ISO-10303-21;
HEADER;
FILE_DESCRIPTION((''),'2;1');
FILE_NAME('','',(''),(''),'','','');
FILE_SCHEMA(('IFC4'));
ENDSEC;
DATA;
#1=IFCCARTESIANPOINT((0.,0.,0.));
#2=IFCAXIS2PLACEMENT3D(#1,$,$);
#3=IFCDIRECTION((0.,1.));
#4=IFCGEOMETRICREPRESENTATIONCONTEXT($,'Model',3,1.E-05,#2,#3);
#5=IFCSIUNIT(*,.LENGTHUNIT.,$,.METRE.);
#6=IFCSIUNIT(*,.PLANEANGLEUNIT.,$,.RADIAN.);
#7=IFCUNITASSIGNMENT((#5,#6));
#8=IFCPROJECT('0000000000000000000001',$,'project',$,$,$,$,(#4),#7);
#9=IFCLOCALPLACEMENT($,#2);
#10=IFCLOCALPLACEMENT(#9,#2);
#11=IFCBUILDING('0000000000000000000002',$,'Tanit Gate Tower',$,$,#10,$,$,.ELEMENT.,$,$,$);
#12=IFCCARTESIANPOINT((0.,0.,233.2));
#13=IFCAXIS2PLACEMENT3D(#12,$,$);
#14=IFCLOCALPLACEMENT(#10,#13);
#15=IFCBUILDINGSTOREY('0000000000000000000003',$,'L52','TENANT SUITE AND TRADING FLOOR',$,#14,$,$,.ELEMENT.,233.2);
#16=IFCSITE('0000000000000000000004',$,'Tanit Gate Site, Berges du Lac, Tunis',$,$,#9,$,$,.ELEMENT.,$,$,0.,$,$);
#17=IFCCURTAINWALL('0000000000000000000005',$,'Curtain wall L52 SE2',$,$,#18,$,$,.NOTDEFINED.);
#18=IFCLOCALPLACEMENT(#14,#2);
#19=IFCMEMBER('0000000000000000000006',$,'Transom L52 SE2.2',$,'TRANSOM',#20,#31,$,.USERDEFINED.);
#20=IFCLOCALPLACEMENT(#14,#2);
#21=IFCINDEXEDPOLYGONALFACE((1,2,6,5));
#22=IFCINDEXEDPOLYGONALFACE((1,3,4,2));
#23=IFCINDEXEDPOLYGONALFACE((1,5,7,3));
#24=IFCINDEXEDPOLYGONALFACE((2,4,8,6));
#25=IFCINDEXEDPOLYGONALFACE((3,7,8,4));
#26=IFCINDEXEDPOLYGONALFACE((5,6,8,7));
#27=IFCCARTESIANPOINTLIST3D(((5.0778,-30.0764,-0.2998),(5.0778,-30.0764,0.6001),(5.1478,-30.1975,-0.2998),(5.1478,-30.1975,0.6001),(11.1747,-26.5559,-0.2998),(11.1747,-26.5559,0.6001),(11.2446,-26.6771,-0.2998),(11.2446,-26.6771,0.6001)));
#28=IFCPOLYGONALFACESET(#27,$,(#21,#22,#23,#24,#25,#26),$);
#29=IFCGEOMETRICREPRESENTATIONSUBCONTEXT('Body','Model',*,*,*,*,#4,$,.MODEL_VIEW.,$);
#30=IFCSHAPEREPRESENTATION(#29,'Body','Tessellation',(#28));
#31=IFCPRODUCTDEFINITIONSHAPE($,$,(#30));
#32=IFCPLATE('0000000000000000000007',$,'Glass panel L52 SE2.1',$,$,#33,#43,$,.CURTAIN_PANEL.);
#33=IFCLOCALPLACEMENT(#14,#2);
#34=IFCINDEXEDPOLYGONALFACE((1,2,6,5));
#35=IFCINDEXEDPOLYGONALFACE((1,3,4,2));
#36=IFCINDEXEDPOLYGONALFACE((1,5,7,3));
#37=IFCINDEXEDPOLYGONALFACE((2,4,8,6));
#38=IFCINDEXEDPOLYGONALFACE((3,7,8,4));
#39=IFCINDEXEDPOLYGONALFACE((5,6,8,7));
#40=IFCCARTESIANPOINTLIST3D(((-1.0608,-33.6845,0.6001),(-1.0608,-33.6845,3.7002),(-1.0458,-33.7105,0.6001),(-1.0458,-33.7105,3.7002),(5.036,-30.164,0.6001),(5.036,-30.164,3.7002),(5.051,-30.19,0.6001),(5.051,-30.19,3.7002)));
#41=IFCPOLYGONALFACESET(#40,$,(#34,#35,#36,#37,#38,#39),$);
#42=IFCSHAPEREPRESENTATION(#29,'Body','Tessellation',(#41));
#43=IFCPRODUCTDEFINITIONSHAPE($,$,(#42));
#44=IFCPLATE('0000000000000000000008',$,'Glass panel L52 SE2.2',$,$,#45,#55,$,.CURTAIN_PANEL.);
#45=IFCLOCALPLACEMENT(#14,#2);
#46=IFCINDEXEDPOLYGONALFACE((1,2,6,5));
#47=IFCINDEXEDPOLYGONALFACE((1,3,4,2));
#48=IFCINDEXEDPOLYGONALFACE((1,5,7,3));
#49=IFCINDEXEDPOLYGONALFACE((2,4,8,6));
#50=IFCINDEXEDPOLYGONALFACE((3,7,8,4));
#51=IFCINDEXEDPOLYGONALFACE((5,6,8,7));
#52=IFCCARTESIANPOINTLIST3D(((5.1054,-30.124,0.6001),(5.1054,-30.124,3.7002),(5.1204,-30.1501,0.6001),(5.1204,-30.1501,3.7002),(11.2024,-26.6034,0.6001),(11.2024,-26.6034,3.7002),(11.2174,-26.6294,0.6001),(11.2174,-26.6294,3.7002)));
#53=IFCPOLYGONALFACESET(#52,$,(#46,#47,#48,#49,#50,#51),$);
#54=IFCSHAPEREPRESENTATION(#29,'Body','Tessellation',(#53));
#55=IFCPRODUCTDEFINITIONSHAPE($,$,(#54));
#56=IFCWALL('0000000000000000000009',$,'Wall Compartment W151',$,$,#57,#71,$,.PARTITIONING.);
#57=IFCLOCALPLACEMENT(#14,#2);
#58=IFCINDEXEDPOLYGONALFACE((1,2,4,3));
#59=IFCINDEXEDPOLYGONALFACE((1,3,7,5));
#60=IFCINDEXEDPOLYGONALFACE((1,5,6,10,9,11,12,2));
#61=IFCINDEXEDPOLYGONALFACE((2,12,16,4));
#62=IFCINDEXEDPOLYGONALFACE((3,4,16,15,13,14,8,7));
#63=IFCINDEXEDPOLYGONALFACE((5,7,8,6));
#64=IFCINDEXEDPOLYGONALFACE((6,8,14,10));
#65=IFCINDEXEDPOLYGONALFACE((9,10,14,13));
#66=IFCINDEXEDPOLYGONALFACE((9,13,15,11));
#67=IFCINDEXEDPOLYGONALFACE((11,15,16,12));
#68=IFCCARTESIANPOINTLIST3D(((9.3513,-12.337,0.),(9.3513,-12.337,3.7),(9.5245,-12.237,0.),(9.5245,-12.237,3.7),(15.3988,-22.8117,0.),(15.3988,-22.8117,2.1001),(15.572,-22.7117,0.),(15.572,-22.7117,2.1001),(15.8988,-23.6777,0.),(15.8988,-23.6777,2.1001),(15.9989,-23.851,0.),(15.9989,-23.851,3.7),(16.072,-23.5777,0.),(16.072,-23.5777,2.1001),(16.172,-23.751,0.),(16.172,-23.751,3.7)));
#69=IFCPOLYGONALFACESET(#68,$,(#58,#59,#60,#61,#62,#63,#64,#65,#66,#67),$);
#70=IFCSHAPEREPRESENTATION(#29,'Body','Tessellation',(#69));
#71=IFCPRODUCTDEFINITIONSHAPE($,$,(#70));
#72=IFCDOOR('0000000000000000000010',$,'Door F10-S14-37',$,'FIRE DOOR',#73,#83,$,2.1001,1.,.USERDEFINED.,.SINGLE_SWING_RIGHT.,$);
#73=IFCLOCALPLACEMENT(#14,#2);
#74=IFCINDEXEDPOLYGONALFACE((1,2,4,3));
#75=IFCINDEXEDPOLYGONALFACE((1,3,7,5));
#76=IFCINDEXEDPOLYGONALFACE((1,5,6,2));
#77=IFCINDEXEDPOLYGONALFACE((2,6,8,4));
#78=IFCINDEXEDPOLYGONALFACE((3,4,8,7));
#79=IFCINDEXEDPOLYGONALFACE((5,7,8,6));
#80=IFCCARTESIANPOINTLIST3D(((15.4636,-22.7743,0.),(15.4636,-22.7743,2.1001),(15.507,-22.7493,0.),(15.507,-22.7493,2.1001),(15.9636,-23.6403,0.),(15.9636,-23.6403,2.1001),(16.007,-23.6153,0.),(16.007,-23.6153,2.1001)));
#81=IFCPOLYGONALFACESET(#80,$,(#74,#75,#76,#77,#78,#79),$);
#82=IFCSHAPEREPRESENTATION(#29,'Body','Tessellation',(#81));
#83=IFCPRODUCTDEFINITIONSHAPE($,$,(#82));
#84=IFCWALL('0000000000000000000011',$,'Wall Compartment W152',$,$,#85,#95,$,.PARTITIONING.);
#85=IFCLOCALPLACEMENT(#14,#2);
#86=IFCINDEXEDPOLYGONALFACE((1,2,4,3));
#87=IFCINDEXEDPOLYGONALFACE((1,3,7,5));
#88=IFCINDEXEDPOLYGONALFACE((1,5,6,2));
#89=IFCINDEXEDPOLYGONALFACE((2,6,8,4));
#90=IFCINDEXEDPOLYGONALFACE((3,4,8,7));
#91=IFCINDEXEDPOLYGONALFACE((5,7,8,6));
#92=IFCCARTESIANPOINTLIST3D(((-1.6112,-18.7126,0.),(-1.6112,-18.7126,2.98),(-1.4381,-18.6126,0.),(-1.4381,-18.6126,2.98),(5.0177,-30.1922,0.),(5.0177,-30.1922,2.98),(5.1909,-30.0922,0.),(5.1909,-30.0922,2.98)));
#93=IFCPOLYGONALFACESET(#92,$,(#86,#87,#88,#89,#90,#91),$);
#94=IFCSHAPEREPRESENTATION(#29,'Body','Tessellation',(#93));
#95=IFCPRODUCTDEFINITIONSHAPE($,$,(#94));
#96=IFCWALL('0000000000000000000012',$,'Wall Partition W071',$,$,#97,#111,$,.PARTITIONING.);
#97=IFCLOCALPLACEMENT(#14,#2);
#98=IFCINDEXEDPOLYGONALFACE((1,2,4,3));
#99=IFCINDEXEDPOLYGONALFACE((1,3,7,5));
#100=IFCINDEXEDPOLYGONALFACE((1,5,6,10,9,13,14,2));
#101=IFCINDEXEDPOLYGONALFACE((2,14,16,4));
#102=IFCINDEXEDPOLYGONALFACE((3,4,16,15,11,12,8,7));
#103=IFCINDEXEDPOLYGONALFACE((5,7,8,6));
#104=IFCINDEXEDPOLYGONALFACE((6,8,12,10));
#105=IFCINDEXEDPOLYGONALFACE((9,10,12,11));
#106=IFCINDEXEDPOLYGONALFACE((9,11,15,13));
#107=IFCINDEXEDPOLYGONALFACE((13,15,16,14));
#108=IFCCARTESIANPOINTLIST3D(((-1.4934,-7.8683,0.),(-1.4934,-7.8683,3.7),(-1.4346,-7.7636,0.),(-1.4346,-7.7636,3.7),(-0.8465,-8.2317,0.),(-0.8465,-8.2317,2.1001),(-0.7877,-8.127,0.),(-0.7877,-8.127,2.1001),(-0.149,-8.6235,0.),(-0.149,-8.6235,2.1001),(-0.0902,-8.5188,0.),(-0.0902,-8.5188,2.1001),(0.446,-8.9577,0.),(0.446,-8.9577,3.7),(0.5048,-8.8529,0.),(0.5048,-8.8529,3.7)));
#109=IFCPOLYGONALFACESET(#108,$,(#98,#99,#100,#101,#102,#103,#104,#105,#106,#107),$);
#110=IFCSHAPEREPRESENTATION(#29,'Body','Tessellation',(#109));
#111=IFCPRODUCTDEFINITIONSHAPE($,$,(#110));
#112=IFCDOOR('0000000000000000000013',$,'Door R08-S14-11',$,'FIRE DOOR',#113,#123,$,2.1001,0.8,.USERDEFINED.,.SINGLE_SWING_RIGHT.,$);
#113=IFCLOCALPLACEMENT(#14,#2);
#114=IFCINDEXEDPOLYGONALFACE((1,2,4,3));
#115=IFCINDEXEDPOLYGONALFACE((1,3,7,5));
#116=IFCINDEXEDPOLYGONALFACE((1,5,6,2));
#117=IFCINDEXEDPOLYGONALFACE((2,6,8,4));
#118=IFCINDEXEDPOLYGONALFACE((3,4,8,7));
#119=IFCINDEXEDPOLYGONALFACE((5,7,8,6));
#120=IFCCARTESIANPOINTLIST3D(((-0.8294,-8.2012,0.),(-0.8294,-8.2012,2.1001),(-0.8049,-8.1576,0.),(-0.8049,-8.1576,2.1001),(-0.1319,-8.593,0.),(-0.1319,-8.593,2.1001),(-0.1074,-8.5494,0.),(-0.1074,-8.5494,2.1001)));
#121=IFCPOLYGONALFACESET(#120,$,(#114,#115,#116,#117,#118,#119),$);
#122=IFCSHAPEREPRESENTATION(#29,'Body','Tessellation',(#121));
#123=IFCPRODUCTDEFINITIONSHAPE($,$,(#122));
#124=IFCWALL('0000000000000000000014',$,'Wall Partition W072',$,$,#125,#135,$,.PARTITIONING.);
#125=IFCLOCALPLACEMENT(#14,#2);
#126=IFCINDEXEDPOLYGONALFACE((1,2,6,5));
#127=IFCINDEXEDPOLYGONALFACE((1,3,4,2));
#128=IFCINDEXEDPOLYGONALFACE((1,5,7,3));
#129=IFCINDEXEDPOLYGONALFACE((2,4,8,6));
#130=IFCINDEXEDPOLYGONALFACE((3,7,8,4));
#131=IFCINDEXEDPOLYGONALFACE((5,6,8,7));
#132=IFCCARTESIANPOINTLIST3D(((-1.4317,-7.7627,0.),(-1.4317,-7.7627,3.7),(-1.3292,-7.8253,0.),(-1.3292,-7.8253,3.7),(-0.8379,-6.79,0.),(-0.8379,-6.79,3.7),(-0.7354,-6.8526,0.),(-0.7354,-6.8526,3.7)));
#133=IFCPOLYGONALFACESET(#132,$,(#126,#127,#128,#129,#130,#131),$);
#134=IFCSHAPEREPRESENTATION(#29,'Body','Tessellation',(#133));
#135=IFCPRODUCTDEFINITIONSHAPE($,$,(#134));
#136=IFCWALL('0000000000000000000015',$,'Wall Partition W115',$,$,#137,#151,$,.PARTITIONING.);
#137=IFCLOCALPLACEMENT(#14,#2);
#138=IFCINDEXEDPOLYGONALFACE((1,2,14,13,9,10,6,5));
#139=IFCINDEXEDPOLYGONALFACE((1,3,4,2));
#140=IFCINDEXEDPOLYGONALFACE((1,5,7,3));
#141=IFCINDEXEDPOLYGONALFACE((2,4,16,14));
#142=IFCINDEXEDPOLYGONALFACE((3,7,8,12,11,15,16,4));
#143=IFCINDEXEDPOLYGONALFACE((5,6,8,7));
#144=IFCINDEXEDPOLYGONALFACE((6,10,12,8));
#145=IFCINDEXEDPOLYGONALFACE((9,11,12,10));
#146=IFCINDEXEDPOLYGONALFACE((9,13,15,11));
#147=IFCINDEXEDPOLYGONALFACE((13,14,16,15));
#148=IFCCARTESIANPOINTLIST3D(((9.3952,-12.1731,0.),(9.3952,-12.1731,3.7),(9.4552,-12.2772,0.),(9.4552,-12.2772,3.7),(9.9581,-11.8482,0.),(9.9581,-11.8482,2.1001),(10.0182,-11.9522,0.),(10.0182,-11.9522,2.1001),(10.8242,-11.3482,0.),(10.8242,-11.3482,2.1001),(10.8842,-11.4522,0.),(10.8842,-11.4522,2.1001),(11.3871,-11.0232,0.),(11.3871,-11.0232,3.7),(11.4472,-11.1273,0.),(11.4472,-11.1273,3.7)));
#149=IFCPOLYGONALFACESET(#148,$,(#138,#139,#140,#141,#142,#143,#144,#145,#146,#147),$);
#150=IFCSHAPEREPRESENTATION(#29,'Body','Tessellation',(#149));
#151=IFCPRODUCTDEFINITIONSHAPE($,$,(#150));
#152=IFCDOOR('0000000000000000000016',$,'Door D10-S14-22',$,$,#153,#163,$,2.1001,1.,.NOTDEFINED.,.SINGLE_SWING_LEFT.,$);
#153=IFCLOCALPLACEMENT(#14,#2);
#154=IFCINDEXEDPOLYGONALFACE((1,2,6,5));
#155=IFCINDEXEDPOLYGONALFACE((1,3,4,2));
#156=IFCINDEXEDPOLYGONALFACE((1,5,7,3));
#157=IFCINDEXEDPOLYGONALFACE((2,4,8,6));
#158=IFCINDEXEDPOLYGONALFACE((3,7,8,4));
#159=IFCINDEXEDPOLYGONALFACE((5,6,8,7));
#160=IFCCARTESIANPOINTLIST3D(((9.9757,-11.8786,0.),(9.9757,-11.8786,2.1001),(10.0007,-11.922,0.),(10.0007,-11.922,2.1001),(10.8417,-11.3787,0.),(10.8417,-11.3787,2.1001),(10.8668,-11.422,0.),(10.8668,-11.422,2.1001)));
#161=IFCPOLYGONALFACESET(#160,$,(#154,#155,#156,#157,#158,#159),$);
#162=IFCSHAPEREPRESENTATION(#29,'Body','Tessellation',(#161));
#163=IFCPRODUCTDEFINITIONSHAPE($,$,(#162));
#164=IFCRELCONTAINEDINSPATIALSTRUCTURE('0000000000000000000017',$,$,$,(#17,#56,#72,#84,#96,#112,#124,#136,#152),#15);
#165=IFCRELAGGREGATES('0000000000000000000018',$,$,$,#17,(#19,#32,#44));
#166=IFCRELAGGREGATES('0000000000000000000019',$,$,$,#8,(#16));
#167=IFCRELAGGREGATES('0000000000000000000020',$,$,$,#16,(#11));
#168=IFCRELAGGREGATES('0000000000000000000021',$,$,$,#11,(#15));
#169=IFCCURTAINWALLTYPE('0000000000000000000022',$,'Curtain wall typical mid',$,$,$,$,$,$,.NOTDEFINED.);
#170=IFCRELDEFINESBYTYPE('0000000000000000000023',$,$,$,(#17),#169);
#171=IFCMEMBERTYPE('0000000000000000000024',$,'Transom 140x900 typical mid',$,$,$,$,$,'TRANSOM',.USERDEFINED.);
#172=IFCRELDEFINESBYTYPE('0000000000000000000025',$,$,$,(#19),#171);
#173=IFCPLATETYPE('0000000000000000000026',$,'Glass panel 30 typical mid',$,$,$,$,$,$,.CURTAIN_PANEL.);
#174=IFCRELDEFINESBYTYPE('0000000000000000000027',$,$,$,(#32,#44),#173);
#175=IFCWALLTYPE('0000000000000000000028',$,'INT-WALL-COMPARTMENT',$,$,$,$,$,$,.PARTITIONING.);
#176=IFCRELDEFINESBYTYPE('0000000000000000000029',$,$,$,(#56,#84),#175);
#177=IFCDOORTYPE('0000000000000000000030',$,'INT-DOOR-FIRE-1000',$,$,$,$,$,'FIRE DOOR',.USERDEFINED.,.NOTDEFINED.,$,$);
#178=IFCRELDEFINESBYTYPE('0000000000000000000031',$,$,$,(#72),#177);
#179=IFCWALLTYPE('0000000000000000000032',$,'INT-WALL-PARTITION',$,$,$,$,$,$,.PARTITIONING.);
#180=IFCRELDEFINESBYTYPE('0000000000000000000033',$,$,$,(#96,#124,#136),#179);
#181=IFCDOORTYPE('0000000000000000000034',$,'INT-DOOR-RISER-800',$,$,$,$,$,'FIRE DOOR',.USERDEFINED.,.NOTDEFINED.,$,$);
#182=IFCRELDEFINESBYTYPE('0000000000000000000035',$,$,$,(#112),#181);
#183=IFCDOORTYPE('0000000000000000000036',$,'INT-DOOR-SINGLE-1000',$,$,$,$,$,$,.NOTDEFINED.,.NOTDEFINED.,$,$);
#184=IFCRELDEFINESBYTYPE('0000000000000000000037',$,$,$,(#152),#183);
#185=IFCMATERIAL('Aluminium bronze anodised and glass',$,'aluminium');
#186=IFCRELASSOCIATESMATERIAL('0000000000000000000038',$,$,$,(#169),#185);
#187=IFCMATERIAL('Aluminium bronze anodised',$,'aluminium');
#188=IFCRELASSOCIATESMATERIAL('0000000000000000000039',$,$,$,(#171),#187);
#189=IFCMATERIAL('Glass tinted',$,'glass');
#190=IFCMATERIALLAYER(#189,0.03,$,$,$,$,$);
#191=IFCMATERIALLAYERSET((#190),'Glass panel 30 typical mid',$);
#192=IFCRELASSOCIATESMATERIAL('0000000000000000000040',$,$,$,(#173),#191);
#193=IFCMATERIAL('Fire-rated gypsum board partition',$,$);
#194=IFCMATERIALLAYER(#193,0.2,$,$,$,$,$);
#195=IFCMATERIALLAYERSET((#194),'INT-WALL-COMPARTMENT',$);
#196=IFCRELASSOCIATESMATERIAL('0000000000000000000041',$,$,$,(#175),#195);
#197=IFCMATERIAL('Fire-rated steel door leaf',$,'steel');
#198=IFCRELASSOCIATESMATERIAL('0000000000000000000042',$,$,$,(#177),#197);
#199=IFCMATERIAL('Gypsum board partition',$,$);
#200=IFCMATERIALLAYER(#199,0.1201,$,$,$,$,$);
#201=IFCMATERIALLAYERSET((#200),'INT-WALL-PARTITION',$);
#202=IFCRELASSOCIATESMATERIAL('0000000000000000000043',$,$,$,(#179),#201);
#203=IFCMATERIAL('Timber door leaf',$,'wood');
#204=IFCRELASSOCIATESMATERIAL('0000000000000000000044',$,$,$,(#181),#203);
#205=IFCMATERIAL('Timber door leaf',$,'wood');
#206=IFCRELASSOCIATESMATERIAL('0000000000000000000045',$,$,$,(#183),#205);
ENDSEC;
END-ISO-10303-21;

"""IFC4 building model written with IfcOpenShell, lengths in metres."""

from ifc_helpers import new_model, si_unit, direction, frame, frame_2d, origin, origin_2d, place, context, subcontext, project, spatial, rectangle, extrude, material, layer, layer_set, material_profile, profile_set, type_object, element, fill, aggregate, save


model = new_model("IFC4")

# Units and contexts
model_context = context("Model", 3, precision=1e-05, world=origin(), true_north=direction((0.0, 1.0)))
body_context = subcontext(model_context, "Body", "Model", "MODEL_VIEW")
ifc_project = project(units=[si_unit("LENGTHUNIT", "METRE"), si_unit("PLANEANGLEUNIT", "RADIAN")], contexts=[model_context])

# Site, building, storey
site_placement = place(None, origin())
site = spatial("IfcSite", under=ifc_project, at=site_placement, Name="Tanit Gate Site, Berges du Lac, Tunis", CompositionType="ELEMENT", RefElevation=0.0)
building_placement = place(site_placement, origin())
building = spatial("IfcBuilding", under=site, at=building_placement, Name="Tanit Gate Tower", CompositionType="ELEMENT")
storey_placement = place(building_placement, frame((0.0, 0.0, 233.2)))
storey = spatial("IfcBuildingStorey", under=building, at=storey_placement, Name="L52", Description="TENANT SUITE AND TRADING FLOOR", CompositionType="ELEMENT", Elevation=233.2)

# Curtain wall
ifc_material_1 = material(Name="Aluminium bronze anodised and glass", Category="aluminium")
curtain_wall_type = type_object("IfcCurtainWallType", Name="Curtain wall typical mid", PredefinedType="NOTDEFINED", material=ifc_material_1)
curtain_wall_1_placement = place(storey_placement, origin())
curtain_wall_1 = element("IfcCurtainWall", 1, at=curtain_wall_1_placement, inside=storey, type_object=curtain_wall_type, Name="Curtain wall L52 SE2", PredefinedType="NOTDEFINED")

# Member
ifc_material_2 = material(Name="Aluminium bronze anodised", Category="aluminium")
ifc_material_profile_1 = material_profile(ifc_material_2, rectangle(XDim=0.1399, YDim=0.8999, at=origin_2d()), Name="140x900 bronze transom")
ifc_profile_set_1 = profile_set([ifc_material_profile_1], Name="Aluminium bronze anodised")
member_type_1 = type_object("IfcMemberType", Name="Transom 140x900 typical mid", ElementType="TRANSOM", PredefinedType="USERDEFINED", material=ifc_profile_set_1)
member_1_placement = place(storey_placement, frame((5.1128, -30.137, 0.1501), z_axis=(0.865998, 0.500048, 0.0), x_axis=(-0.500048, 0.865998, 0.0)))
member_1 = element("IfcMember", 2, at=member_1_placement, type_object=member_type_1, Name="Transom L52 SE2.2", ObjectType="TRANSOM", PredefinedType="USERDEFINED", context=body_context, shape_type="SweptSolid", body=[
    extrude(rectangle(XDim=0.1399, YDim=0.8999, at=origin_2d()), origin(), (0.0, 0.0, 1.0), 7.0403),
])

# Plates
ifc_material_3 = material(Name="Glass tinted", Category="glass")
ifc_layer_1 = layer(ifc_material_3, 0.03)
ifc_layer_set_1 = layer_set([ifc_layer_1], Name="Glass panel 30 typical mid")
plate_type = type_object("IfcPlateType", Name="Glass panel 30 typical mid", PredefinedType="CURTAIN_PANEL", material=ifc_layer_set_1)
plate_1_placement = place(storey_placement, frame((1.9951, -31.9373, 0.6001), z_axis=(0.0, 0.0, 1.0), x_axis=(0.865991, 0.50006, 0.0)))
plate_1 = element("IfcPlate", 3, at=plate_1_placement, type_object=plate_type, Name="Glass panel L52 SE2.1", PredefinedType="CURTAIN_PANEL", context=body_context, shape_type="SweptSolid", body=[
    extrude(rectangle(XDim=7.0403, YDim=0.03, at=origin_2d()), origin(), (0.0, 0.0, 1.0), 3.1001),
])
plate_2_placement = place(storey_placement, frame((8.1614, -28.3767, 0.6001), z_axis=(0.0, 0.0, 1.0), x_axis=(0.865991, 0.50006, 0.0)))
plate_2 = element("IfcPlate", 4, at=plate_2_placement, type_object=plate_type, Name="Glass panel L52 SE2.2", PredefinedType="CURTAIN_PANEL", context=body_context, shape_type="SweptSolid", body=[
    extrude(rectangle(XDim=7.0405, YDim=0.03, at=origin_2d()), origin(), (0.0, 0.0, 1.0), 3.1001),
])
aggregate(curtain_wall_1, [member_1, plate_1, plate_2])

# Wall, opening, door
ifc_material_4 = material(Name="Fire-rated gypsum board partition")
ifc_layer_2 = layer(ifc_material_4, 0.2)
ifc_layer_set_2 = layer_set([ifc_layer_2], Name="INT-WALL-COMPARTMENT")
wall_type_1 = type_object("IfcWallType", Name="INT-WALL-COMPARTMENT", PredefinedType="PARTITIONING", material=ifc_layer_set_2)
wall_1_placement = place(storey_placement, frame((9.438, -12.2871, 0.0), z_axis=(0.0, 0.0, 1.0), x_axis=(0.499994, -0.866029, 0.0)))
wall_1 = element("IfcWall", 5, at=wall_1_placement, inside=storey, type_object=wall_type_1, Name="Wall Compartment W151", PredefinedType="PARTITIONING", context=body_context, shape_type="SweptSolid", body=[
    extrude(rectangle(XDim=13.2952, YDim=0.2, at=frame_2d((6.6475, 0.0))), origin(), (0.0, 0.0, 1.0), 3.7),
])
opening_1_placement = place(wall_1_placement, frame((12.095, 0.0, 0.0)))
opening_1 = element("IfcOpeningElement", 6, at=opening_1_placement, cuts=wall_1, PredefinedType="OPENING", context=body_context, shape_type="SweptSolid", body=[
    extrude(rectangle(XDim=1.0, YDim=2.1001, at=frame_2d((0.5, 1.05))), frame((0.0, 0.1099, 0.0), z_axis=(0.0, -1.0, 0.0), x_axis=(1.0, 0.0, 0.0)), (0.0, 0.0, 1.0), 0.22),
])
ifc_material_5 = material(Name="Fire-rated steel door leaf", Category="steel")
door_type_1 = type_object("IfcDoorType", Name="INT-DOOR-FIRE-1000", ElementType="FIRE DOOR", OperationType="NOTDEFINED", PredefinedType="USERDEFINED", material=ifc_material_5)
door_1_placement = place(opening_1_placement, origin())
door_1 = element("IfcDoor", 7, at=door_1_placement, inside=storey, type_object=door_type_1, Name="Door F10-S14-37", ObjectType="FIRE DOOR", OperationType="SINGLE_SWING_RIGHT", OverallHeight=2.1001, OverallWidth=1.0, PredefinedType="USERDEFINED", context=body_context, shape_type="SweptSolid", body=[
    extrude(rectangle(XDim=1.0, YDim=2.1001, at=frame_2d((0.5, 1.05))), frame((0.0, 0.0249, 0.0), z_axis=(0.0, -1.0, 0.0), x_axis=(1.0, 0.0, 0.0)), (0.0, 0.0, 1.0), 0.05),
])
fill(opening_1, door_1)

# Wall
wall_2_placement = place(storey_placement, frame((5.1042, -30.1421, 0.0), z_axis=(0.0, 0.0, 1.0), x_axis=(-0.500069, 0.865986, 0.0)))
element("IfcWall", 8, at=wall_2_placement, inside=storey, type_object=wall_type_1, Name="Wall Compartment W152", PredefinedType="PARTITIONING", context=body_context, shape_type="SweptSolid", body=[
    extrude(rectangle(XDim=13.2561, YDim=0.2, at=frame_2d((6.6279, 0.0))), origin(), (0.0, 0.0, 1.0), 2.98),
])

# Wall, opening, door
ifc_material_6 = material(Name="Gypsum board partition")
ifc_layer_3 = layer(ifc_material_6, 0.1201)
ifc_layer_set_3 = layer_set([ifc_layer_3], Name="INT-WALL-PARTITION")
wall_type_2 = type_object("IfcWallType", Name="INT-WALL-PARTITION", PredefinedType="PARTITIONING", material=ifc_layer_set_3)
wall_3_placement = place(storey_placement, frame((-1.4641, -7.8159, 0.0), z_axis=(0.0, 0.0, 1.0), x_axis=(0.87188, -0.489719, 0.0)))
wall_3 = element("IfcWall", 9, at=wall_3_placement, inside=storey, type_object=wall_type_2, Name="Wall Partition W071", PredefinedType="PARTITIONING", context=body_context, shape_type="SweptSolid", body=[
    extrude(rectangle(XDim=2.2244, YDim=0.1201, at=frame_2d((1.1123, 0.0))), origin(), (0.0, 0.0, 1.0), 3.7),
])
opening_2_placement = place(wall_3_placement, frame((0.7422, 0.0, 0.0)))
opening_2 = element("IfcOpeningElement", 10, at=opening_2_placement, cuts=wall_3, PredefinedType="OPENING", context=body_context, shape_type="SweptSolid", body=[
    extrude(rectangle(XDim=0.8, YDim=2.1001, at=frame_2d((0.3999, 1.05))), frame((0.0, 0.0701, 0.0), z_axis=(0.0, -1.0, 0.0), x_axis=(1.0, 0.0, 0.0)), (0.0, 0.0, 1.0), 0.1401),
])
ifc_material_7 = material(Name="Timber door leaf", Category="wood")
door_type_2 = type_object("IfcDoorType", Name="INT-DOOR-RISER-800", ElementType="FIRE DOOR", OperationType="NOTDEFINED", PredefinedType="USERDEFINED", material=ifc_material_7)
door_2_placement = place(opening_2_placement, origin())
door_2 = element("IfcDoor", 11, at=door_2_placement, inside=storey, type_object=door_type_2, Name="Door R08-S14-11", ObjectType="FIRE DOOR", OperationType="SINGLE_SWING_RIGHT", OverallHeight=2.1001, OverallWidth=0.8, PredefinedType="USERDEFINED", context=body_context, shape_type="SweptSolid", body=[
    extrude(rectangle(XDim=0.8, YDim=2.1001, at=frame_2d((0.3999, 1.05))), frame((0.0, 0.0249, 0.0), z_axis=(0.0, -1.0, 0.0), x_axis=(1.0, 0.0, 0.0)), (0.0, 0.0, 1.0), 0.05),
])
fill(opening_2, door_2)

# Wall
wall_4_placement = place(storey_placement, frame((-0.7866, -6.8213, 0.0), z_axis=(0.0, 0.0, 1.0), x_axis=(-0.521034, -0.853536, 0.0)))
element("IfcWall", 12, at=wall_4_placement, inside=storey, type_object=wall_type_2, Name="Wall Partition W072", PredefinedType="PARTITIONING", context=body_context, shape_type="SweptSolid", body=[
    extrude(rectangle(XDim=1.1396, YDim=0.1201, at=frame_2d((0.5698, 0.0))), origin(), (0.0, 0.0, 1.0), 3.7),
])

# Wall, opening, door
wall_5_placement = place(storey_placement, frame((9.4253, -12.2251, 0.0), z_axis=(0.0, 0.0, 1.0), x_axis=(0.866053, 0.499952, 0.0)))
wall_5 = element("IfcWall", 13, at=wall_5_placement, inside=storey, type_object=wall_type_2, Name="Wall Partition W115", PredefinedType="PARTITIONING", context=body_context, shape_type="SweptSolid", body=[
    extrude(rectangle(XDim=2.3, YDim=0.1201, at=frame_2d((1.1499, 0.0))), origin(), (0.0, 0.0, 1.0), 3.7),
])
opening_3_placement = place(wall_5_placement, frame((0.6499, 0.0, 0.0)))
opening_3 = element("IfcOpeningElement", 14, at=opening_3_placement, cuts=wall_5, PredefinedType="OPENING", context=body_context, shape_type="SweptSolid", body=[
    extrude(rectangle(XDim=1.0, YDim=2.1001, at=frame_2d((0.5, 1.05))), frame((0.0, 0.0701, 0.0), z_axis=(0.0, -1.0, 0.0), x_axis=(1.0, 0.0, 0.0)), (0.0, 0.0, 1.0), 0.1401),
])
ifc_material_8 = material(Name="Timber door leaf", Category="wood")
door_type_3 = type_object("IfcDoorType", Name="INT-DOOR-SINGLE-1000", OperationType="NOTDEFINED", PredefinedType="NOTDEFINED", material=ifc_material_8)
door_3_placement = place(opening_3_placement, origin())
door_3 = element("IfcDoor", 15, at=door_3_placement, inside=storey, type_object=door_type_3, Name="Door D10-S14-22", OperationType="SINGLE_SWING_LEFT", OverallHeight=2.1001, OverallWidth=1.0, PredefinedType="NOTDEFINED", context=body_context, shape_type="SweptSolid", body=[
    extrude(rectangle(XDim=1.0, YDim=2.1001, at=frame_2d((0.5, 1.05))), frame((0.0, 0.0249, 0.0), z_axis=(0.0, -1.0, 0.0), x_axis=(1.0, 0.0, 0.0)), (0.0, 0.0, 1.0), 0.05),
])
fill(opening_3, door_3)

save(model, "model.ifc")
